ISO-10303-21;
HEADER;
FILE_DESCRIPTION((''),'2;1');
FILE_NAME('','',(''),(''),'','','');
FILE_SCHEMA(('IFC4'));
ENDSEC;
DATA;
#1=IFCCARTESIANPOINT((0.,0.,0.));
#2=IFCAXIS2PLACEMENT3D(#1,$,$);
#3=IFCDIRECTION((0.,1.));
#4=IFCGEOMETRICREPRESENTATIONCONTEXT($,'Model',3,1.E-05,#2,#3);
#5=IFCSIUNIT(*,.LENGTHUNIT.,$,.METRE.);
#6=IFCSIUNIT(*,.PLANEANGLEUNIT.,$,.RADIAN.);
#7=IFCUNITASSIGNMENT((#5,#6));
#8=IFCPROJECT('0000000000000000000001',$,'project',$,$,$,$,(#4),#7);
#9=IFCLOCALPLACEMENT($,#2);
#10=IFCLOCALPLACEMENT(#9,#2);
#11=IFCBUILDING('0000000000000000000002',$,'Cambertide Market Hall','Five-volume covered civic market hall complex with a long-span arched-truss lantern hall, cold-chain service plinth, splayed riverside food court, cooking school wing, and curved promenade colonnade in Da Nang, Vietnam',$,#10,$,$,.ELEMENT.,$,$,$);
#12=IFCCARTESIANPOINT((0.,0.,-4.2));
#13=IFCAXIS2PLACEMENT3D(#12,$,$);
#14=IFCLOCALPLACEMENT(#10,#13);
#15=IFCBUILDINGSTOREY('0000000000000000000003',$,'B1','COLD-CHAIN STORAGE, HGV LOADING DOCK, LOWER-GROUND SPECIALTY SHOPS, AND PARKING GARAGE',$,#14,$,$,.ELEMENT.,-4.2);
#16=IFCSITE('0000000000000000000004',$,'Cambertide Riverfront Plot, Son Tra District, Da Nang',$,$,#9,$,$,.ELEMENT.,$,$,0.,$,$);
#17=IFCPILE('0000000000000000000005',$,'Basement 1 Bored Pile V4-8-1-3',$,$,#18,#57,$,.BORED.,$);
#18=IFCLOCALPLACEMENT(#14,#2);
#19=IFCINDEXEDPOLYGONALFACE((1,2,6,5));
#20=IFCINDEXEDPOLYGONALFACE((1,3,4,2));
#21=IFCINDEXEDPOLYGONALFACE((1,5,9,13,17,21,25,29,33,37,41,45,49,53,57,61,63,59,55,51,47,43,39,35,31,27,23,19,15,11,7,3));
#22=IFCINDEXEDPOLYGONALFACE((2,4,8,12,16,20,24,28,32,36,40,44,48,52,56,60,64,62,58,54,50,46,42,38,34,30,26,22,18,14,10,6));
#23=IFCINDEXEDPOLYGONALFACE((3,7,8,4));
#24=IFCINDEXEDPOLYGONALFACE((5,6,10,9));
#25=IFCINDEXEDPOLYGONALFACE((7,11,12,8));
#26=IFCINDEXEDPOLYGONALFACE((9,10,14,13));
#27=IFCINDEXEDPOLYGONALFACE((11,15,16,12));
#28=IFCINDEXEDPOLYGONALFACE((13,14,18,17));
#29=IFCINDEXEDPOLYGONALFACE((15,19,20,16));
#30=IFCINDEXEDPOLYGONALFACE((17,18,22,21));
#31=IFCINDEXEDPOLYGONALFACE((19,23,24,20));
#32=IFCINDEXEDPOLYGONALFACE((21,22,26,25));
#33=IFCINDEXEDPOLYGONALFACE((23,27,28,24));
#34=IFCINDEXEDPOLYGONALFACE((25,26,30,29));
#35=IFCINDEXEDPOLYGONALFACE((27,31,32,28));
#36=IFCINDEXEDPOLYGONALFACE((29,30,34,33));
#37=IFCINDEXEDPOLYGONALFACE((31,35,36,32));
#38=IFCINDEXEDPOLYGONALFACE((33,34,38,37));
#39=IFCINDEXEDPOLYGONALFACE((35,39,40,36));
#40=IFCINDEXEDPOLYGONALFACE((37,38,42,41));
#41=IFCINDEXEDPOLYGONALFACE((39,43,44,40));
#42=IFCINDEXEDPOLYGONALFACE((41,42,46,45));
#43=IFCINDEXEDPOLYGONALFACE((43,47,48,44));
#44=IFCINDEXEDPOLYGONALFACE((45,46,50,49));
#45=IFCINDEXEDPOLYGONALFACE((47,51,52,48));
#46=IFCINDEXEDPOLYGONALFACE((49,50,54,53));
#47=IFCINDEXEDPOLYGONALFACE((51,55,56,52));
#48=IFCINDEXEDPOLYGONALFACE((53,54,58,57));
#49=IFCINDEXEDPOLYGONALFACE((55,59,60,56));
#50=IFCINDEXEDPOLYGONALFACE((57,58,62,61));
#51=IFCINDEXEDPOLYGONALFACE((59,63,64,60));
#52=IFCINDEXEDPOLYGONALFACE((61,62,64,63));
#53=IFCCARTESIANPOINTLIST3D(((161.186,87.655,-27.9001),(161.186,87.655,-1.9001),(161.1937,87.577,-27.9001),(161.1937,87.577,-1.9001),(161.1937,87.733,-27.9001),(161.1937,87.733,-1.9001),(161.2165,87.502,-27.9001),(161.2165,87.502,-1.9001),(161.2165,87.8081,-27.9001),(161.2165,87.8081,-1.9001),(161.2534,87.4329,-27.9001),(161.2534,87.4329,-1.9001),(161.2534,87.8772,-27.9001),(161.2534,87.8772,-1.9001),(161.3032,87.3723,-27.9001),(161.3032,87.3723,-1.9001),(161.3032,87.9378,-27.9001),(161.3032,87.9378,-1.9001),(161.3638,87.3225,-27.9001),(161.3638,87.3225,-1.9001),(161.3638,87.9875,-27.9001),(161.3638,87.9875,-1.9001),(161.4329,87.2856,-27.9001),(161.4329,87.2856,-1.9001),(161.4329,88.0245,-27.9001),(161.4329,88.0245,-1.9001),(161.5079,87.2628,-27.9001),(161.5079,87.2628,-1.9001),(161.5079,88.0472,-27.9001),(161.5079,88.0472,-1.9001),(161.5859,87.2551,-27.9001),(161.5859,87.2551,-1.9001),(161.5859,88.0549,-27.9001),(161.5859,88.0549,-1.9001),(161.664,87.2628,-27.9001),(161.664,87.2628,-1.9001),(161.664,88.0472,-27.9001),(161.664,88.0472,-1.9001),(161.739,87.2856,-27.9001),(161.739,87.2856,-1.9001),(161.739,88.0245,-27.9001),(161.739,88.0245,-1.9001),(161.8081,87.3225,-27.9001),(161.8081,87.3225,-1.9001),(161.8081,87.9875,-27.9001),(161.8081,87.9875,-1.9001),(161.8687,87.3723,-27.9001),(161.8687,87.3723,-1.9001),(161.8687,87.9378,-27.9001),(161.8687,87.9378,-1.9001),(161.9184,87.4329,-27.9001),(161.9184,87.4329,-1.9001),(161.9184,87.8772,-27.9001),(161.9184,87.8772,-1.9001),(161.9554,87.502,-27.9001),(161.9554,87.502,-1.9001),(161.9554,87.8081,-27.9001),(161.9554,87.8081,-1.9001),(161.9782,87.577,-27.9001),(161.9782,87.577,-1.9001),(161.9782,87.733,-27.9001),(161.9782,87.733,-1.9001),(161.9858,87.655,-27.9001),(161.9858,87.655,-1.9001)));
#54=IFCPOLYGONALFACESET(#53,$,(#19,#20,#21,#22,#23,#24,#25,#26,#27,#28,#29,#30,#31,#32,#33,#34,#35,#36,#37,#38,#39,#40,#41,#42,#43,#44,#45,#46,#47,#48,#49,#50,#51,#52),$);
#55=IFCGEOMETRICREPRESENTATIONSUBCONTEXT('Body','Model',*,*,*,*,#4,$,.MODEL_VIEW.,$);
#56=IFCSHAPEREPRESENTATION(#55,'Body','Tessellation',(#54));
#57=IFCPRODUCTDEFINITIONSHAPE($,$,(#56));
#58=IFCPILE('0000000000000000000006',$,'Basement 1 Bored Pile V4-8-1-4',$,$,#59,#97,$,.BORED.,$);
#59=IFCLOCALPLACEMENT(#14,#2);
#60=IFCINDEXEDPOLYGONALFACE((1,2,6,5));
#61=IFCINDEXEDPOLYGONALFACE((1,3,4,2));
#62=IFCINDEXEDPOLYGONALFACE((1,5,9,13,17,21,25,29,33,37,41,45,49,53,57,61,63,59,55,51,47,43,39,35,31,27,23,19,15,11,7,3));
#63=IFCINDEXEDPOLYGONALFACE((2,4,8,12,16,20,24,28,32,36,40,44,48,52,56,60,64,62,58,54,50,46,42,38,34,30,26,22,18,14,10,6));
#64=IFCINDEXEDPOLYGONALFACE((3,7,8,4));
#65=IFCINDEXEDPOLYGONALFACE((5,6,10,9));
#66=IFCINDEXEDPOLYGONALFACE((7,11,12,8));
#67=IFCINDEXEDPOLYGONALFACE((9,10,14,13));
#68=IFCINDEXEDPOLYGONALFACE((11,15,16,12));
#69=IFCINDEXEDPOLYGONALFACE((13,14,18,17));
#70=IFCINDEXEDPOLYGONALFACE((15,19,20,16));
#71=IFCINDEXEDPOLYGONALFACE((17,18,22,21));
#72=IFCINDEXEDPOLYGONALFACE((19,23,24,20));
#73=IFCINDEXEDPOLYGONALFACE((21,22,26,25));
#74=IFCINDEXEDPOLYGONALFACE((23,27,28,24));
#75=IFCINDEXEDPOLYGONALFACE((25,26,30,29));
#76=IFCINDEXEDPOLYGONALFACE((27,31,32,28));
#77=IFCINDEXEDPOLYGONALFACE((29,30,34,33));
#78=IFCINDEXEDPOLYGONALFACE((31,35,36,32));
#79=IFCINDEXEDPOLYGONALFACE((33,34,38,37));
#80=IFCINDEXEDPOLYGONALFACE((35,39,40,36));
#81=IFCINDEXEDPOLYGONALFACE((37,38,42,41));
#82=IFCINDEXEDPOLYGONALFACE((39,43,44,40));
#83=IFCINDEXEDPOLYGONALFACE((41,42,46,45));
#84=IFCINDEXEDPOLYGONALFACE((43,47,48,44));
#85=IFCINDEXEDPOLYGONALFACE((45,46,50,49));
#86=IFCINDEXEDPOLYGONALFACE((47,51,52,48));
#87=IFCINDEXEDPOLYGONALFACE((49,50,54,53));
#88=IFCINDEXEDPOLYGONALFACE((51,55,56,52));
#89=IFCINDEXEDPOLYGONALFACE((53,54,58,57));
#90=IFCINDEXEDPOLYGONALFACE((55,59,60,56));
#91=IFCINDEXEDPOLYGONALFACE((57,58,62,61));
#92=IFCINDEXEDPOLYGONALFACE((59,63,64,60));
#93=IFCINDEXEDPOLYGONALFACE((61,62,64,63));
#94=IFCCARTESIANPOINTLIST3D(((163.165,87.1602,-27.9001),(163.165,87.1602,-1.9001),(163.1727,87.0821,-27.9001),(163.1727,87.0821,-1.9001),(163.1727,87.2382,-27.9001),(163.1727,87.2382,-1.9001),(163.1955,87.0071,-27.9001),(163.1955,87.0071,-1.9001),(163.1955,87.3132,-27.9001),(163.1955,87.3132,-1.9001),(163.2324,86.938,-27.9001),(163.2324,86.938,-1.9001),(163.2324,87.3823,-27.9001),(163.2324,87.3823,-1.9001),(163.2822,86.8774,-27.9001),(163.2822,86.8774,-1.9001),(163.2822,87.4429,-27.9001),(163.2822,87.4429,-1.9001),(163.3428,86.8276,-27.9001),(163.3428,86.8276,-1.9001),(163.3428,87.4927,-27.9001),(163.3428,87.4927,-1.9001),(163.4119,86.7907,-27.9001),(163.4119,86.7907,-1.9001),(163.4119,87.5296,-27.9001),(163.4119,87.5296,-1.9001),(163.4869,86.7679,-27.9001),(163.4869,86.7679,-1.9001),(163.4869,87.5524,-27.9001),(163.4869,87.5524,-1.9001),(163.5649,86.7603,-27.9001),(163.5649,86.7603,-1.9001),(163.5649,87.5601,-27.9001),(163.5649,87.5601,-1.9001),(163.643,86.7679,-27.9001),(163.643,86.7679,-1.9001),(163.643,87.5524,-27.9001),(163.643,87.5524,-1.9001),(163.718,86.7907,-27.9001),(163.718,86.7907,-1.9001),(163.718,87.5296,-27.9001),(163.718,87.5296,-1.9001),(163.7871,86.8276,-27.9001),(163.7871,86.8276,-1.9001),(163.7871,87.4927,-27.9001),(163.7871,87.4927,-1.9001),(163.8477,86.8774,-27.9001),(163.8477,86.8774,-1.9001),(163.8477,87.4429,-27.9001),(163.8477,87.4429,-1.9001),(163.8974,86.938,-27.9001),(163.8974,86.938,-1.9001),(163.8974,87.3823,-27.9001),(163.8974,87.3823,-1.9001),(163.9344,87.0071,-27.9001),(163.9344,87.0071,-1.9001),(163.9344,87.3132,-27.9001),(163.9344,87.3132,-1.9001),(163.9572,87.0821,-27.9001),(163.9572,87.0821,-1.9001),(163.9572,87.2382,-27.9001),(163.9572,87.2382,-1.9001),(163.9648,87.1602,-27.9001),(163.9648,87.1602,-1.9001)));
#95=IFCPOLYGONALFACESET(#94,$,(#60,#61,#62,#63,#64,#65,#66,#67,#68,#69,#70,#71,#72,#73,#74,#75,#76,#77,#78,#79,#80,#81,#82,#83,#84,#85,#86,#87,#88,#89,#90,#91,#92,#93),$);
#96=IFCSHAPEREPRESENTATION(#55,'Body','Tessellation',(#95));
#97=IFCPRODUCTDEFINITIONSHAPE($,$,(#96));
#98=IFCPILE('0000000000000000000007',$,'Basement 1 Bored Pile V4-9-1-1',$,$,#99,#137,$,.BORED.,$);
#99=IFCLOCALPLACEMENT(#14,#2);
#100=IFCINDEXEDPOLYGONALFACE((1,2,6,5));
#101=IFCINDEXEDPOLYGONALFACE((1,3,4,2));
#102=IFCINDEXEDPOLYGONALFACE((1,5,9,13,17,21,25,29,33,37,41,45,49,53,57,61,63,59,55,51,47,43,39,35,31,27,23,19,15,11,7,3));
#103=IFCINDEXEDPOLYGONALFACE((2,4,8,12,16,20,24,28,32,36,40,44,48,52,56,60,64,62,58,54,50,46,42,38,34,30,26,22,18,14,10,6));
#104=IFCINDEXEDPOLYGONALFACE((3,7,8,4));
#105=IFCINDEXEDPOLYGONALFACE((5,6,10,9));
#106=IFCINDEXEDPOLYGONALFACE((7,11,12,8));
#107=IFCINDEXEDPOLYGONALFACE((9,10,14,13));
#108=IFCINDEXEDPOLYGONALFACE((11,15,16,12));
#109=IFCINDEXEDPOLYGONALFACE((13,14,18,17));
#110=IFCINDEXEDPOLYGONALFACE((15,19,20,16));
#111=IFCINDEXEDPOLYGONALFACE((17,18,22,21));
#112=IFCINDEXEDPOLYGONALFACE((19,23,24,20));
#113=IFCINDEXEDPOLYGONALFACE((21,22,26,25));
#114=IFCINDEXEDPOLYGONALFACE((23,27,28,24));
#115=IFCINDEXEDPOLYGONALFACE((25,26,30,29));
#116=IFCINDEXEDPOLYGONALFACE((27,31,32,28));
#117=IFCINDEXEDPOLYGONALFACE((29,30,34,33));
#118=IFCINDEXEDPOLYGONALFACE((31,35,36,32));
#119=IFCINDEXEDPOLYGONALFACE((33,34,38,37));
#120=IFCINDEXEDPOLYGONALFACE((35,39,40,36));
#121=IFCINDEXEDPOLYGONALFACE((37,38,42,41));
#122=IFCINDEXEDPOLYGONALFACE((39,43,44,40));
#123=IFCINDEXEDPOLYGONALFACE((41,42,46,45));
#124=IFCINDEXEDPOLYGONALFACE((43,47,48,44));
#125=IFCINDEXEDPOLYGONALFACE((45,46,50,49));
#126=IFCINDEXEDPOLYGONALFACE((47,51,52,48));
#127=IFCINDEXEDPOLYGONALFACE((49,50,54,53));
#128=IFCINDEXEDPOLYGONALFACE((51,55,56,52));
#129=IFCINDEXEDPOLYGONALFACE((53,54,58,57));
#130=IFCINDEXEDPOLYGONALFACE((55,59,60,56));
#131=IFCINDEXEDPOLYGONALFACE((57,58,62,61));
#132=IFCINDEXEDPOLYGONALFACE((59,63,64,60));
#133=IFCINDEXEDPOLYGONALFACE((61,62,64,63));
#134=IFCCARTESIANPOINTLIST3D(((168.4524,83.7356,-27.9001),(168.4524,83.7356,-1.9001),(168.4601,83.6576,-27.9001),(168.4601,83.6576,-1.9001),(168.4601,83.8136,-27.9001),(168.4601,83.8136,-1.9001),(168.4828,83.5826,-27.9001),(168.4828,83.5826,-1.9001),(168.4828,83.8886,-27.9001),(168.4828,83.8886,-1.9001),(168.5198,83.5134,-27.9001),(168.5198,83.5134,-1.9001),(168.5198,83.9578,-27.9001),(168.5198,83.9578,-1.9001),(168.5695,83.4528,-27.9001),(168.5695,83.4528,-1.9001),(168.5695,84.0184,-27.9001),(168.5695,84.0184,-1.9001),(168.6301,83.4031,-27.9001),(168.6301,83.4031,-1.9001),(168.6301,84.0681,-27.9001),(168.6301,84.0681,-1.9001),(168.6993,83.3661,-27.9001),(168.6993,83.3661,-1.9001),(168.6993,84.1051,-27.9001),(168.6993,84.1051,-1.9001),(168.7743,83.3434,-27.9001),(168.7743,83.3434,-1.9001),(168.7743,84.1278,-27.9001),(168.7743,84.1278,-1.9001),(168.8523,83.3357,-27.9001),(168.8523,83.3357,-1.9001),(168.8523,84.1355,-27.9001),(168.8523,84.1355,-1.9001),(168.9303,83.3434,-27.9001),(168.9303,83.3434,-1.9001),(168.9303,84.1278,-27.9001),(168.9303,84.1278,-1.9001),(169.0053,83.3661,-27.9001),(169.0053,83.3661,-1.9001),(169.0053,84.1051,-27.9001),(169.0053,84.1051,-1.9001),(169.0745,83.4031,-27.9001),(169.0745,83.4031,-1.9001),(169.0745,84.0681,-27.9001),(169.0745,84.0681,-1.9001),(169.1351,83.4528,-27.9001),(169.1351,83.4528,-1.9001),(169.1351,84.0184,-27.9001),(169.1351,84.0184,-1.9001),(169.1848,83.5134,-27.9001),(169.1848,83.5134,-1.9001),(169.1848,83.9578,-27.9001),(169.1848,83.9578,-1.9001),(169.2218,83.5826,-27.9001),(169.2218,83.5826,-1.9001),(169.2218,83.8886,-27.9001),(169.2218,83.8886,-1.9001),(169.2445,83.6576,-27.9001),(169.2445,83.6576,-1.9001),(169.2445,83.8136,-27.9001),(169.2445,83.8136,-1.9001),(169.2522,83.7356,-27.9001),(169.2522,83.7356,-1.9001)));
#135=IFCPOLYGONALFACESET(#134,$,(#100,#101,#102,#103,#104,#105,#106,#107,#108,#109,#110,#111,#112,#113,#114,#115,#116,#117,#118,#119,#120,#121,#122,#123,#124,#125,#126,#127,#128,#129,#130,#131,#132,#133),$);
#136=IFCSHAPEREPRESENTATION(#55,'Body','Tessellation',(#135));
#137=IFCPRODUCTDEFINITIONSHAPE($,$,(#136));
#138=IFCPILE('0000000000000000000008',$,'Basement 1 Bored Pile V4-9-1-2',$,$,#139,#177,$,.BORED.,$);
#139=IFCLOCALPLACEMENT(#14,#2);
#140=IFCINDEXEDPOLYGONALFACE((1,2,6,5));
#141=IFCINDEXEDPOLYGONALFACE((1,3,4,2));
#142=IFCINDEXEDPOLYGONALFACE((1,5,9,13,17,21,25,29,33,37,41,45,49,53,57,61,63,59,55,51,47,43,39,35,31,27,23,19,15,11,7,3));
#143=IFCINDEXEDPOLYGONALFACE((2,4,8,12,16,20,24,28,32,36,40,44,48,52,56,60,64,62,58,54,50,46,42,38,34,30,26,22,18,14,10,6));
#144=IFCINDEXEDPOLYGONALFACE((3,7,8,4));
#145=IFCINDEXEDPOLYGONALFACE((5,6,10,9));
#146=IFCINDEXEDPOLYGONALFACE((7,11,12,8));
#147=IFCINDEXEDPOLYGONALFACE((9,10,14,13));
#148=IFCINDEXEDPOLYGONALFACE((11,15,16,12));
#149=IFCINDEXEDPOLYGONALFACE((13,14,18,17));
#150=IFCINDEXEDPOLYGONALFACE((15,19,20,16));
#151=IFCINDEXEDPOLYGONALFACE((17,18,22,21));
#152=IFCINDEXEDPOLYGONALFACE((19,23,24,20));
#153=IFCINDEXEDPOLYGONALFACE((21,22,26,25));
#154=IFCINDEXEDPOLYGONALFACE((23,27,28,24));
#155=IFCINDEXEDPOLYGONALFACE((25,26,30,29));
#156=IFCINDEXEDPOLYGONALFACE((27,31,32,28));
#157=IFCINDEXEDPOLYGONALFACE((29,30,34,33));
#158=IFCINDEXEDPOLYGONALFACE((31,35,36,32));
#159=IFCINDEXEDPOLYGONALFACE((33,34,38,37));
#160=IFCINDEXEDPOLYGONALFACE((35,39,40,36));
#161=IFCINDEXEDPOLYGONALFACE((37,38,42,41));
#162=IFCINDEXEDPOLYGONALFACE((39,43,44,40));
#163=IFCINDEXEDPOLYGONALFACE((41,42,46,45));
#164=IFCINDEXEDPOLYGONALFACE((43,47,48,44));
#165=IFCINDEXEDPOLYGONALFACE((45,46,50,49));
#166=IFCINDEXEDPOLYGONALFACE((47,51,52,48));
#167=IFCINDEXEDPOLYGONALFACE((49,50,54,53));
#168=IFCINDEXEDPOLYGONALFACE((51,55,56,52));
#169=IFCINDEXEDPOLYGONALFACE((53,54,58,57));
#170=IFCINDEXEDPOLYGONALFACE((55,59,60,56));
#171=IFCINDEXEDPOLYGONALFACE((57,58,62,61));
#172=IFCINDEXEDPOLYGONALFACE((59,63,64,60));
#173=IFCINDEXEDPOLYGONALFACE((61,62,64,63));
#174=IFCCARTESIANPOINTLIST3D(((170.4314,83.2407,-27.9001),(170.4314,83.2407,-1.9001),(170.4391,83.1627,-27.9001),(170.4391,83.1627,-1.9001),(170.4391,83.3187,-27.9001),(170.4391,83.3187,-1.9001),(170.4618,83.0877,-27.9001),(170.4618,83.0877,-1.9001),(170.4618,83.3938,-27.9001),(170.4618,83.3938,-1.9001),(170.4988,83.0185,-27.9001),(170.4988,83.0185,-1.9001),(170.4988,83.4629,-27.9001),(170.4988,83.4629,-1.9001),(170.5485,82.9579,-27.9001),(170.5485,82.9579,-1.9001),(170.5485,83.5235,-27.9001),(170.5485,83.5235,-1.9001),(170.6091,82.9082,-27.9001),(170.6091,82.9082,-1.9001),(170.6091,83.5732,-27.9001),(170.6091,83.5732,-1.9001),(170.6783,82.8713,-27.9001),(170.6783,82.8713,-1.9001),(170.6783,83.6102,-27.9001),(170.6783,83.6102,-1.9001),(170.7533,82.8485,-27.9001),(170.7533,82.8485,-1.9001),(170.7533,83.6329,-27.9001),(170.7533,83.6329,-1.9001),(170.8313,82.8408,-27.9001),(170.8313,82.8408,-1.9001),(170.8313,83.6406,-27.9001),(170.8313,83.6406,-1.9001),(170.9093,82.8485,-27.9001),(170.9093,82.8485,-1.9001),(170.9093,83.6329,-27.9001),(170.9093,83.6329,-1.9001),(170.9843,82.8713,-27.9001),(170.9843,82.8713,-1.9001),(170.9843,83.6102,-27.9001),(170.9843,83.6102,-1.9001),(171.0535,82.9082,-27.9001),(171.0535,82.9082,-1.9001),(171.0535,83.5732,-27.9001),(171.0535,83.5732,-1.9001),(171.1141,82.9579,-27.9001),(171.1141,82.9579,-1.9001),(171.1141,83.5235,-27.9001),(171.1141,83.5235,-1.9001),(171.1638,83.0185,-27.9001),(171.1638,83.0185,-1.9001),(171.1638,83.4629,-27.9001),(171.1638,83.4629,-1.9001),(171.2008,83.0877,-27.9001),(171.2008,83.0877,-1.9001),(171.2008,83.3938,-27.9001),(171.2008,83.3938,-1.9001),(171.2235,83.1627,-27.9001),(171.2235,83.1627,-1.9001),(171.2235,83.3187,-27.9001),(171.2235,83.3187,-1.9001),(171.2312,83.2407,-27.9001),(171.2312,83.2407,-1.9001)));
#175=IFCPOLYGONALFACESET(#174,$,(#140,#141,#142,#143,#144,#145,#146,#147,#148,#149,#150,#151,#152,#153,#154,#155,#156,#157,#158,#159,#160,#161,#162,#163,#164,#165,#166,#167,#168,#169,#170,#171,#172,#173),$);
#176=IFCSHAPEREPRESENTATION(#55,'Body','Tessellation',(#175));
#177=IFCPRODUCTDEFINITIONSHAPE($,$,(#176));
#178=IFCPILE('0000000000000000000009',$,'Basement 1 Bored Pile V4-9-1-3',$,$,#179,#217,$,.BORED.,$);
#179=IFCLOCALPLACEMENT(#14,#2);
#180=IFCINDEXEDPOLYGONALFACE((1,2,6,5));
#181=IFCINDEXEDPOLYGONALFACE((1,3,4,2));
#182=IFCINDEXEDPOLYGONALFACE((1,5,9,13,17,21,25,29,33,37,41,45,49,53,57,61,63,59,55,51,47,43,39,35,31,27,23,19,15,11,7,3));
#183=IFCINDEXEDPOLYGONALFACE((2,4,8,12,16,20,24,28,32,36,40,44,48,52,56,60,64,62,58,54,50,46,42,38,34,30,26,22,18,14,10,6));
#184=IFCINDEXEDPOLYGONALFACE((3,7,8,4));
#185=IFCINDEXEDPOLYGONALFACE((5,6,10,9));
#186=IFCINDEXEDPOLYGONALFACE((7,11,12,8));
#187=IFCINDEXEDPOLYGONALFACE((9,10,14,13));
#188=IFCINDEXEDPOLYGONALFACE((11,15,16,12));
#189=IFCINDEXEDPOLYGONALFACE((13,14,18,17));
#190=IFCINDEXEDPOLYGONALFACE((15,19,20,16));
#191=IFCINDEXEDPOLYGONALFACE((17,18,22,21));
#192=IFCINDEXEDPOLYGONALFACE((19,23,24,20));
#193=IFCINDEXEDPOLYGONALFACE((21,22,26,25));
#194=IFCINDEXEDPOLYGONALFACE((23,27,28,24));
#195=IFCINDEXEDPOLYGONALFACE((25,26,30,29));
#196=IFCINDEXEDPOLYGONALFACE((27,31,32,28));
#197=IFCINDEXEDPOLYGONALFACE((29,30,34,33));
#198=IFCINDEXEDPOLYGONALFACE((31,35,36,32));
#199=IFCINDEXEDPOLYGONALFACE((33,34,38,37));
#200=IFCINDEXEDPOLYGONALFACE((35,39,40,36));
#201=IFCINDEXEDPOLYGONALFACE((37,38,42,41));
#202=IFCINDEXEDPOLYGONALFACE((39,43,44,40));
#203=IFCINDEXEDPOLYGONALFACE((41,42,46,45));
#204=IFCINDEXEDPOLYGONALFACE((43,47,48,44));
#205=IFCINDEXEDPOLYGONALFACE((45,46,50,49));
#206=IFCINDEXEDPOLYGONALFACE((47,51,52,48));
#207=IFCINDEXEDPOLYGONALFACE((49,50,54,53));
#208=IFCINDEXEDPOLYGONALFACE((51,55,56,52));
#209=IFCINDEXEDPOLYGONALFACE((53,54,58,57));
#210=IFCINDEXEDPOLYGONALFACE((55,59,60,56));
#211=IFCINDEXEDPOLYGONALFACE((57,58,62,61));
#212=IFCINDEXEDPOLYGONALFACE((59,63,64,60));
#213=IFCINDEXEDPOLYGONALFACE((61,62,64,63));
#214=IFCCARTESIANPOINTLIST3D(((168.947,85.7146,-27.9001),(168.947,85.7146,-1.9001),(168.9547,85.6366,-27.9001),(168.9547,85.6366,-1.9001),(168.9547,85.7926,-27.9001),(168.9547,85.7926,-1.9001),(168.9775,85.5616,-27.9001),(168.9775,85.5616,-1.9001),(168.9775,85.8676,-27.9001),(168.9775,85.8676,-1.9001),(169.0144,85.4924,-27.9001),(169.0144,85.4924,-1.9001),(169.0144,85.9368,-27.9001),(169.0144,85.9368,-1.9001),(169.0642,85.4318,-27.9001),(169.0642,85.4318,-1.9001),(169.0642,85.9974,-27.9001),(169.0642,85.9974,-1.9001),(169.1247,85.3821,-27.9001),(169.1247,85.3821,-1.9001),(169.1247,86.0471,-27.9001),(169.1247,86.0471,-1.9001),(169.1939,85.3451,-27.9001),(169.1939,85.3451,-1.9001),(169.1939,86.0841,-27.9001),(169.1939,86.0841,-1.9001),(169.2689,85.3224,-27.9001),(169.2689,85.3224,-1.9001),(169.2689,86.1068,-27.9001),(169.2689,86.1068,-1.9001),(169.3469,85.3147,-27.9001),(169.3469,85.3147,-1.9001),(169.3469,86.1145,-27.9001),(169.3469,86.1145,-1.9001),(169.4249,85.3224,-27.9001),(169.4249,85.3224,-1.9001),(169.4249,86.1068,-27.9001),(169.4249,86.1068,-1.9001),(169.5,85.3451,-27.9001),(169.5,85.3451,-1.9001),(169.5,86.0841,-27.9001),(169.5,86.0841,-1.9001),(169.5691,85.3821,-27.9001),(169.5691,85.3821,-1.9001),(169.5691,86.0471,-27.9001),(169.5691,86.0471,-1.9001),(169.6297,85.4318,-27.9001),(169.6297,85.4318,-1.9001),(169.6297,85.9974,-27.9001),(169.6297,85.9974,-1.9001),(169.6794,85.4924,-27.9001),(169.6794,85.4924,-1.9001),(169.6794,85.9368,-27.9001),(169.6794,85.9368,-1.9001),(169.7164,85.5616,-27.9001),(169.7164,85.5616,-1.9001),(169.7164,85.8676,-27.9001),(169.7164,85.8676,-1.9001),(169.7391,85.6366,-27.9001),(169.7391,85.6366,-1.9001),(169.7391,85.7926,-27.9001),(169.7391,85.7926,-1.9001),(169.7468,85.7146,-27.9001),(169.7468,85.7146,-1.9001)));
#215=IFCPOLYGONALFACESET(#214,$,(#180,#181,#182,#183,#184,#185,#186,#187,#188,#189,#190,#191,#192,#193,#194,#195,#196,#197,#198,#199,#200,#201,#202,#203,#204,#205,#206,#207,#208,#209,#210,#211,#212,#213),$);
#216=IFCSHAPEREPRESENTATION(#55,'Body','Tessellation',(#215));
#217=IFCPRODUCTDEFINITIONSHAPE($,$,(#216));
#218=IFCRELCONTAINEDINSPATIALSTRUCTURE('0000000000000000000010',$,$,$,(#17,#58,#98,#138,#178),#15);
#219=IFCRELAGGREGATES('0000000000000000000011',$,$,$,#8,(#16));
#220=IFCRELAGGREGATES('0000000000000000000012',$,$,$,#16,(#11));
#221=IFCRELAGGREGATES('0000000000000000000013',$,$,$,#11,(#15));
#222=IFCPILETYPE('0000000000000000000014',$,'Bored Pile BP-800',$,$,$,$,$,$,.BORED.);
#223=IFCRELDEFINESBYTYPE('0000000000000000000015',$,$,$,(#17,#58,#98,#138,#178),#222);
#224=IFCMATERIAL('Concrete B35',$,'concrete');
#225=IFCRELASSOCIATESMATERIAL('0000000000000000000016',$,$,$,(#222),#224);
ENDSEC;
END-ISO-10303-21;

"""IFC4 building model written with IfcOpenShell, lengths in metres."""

from ifc_helpers import new_model, si_unit, direction, frame, origin, origin_2d, place, context, subcontext, project, spatial, circle, extrude, material, material_profile, profile_set, type_object, element, save


model = new_model("IFC4")

# Units and contexts
model_context = context("Model", 3, precision=1e-05, world=origin(), true_north=direction((0.0, 1.0)))
body_context = subcontext(model_context, "Body", "Model", "MODEL_VIEW")
ifc_project = project(units=[si_unit("LENGTHUNIT", "METRE"), si_unit("PLANEANGLEUNIT", "RADIAN")], contexts=[model_context])

# Site, building, storey
site_placement = place(None, origin())
site = spatial("IfcSite", under=ifc_project, at=site_placement, Name="Cambertide Riverfront Plot, Son Tra District, Da Nang", CompositionType="ELEMENT", RefElevation=0.0)
building_placement = place(site_placement, origin())
building = spatial("IfcBuilding", under=site, at=building_placement, Name="Cambertide Market Hall", Description="Five-volume covered civic market hall complex with a long-span arched-truss lantern hall, cold-chain service plinth, splayed riverside food court, cooking school wing, and curved promenade colonnade in Da Nang, Vietnam", CompositionType="ELEMENT")
storey_placement = place(building_placement, frame((0.0, 0.0, -4.2)))
storey = spatial("IfcBuildingStorey", under=building, at=storey_placement, Name="B1", Description="COLD-CHAIN STORAGE, HGV LOADING DOCK, LOWER-GROUND SPECIALTY SHOPS, AND PARKING GARAGE", CompositionType="ELEMENT", Elevation=-4.2)

# Piles
ifc_material_1 = material(Name="Concrete B35", Category="concrete")
ifc_material_profile_1 = material_profile(ifc_material_1, circle(Radius=0.3999, at=origin_2d()), Name="BP D800")
ifc_profile_set_1 = profile_set([ifc_material_profile_1], Name="Concrete B35")
pile_type_1 = type_object("IfcPileType", Name="Bored Pile BP-800", PredefinedType="BORED", material=ifc_profile_set_1)
for number, where, z_axis, x_axis, name in (
    (1, (161.5859, 87.655, -1.9001), (0.0, 0.0, -1.0), (1.0, 0.0, 0.0), "Basement 1 Bored Pile V4-8-1-3"),
    (2, (163.5649, 87.1602, -1.9001), (0.0, 0.0, -1.0), (1.0, 0.0, 0.0), "Basement 1 Bored Pile V4-8-1-4"),
    (3, (168.8523, 83.7356, -1.9001), (0.0, 0.0, -1.0), (1.0, 0.0, 0.0), "Basement 1 Bored Pile V4-9-1-1"),
    (4, (170.8313, 83.2407, -1.9001), (0.0, 0.0, -1.0), (1.0, 0.0, 0.0), "Basement 1 Bored Pile V4-9-1-2"),
    (5, (169.3469, 85.7146, -1.9001), (0.0, 0.0, -1.0), (1.0, 0.0, 0.0), "Basement 1 Bored Pile V4-9-1-3"),
):
    element("IfcPile", number, at=place(storey_placement, frame(where, z_axis=z_axis, x_axis=x_axis)), inside=storey, type_object=pile_type_1, Name=name, PredefinedType="BORED", context=body_context, shape_type="SweptSolid", body=[
        extrude(circle(Radius=0.3999, at=origin_2d()), origin(), (0.0, 0.0, 1.0), 26.0),
    ])

save(model, "model.ifc")
